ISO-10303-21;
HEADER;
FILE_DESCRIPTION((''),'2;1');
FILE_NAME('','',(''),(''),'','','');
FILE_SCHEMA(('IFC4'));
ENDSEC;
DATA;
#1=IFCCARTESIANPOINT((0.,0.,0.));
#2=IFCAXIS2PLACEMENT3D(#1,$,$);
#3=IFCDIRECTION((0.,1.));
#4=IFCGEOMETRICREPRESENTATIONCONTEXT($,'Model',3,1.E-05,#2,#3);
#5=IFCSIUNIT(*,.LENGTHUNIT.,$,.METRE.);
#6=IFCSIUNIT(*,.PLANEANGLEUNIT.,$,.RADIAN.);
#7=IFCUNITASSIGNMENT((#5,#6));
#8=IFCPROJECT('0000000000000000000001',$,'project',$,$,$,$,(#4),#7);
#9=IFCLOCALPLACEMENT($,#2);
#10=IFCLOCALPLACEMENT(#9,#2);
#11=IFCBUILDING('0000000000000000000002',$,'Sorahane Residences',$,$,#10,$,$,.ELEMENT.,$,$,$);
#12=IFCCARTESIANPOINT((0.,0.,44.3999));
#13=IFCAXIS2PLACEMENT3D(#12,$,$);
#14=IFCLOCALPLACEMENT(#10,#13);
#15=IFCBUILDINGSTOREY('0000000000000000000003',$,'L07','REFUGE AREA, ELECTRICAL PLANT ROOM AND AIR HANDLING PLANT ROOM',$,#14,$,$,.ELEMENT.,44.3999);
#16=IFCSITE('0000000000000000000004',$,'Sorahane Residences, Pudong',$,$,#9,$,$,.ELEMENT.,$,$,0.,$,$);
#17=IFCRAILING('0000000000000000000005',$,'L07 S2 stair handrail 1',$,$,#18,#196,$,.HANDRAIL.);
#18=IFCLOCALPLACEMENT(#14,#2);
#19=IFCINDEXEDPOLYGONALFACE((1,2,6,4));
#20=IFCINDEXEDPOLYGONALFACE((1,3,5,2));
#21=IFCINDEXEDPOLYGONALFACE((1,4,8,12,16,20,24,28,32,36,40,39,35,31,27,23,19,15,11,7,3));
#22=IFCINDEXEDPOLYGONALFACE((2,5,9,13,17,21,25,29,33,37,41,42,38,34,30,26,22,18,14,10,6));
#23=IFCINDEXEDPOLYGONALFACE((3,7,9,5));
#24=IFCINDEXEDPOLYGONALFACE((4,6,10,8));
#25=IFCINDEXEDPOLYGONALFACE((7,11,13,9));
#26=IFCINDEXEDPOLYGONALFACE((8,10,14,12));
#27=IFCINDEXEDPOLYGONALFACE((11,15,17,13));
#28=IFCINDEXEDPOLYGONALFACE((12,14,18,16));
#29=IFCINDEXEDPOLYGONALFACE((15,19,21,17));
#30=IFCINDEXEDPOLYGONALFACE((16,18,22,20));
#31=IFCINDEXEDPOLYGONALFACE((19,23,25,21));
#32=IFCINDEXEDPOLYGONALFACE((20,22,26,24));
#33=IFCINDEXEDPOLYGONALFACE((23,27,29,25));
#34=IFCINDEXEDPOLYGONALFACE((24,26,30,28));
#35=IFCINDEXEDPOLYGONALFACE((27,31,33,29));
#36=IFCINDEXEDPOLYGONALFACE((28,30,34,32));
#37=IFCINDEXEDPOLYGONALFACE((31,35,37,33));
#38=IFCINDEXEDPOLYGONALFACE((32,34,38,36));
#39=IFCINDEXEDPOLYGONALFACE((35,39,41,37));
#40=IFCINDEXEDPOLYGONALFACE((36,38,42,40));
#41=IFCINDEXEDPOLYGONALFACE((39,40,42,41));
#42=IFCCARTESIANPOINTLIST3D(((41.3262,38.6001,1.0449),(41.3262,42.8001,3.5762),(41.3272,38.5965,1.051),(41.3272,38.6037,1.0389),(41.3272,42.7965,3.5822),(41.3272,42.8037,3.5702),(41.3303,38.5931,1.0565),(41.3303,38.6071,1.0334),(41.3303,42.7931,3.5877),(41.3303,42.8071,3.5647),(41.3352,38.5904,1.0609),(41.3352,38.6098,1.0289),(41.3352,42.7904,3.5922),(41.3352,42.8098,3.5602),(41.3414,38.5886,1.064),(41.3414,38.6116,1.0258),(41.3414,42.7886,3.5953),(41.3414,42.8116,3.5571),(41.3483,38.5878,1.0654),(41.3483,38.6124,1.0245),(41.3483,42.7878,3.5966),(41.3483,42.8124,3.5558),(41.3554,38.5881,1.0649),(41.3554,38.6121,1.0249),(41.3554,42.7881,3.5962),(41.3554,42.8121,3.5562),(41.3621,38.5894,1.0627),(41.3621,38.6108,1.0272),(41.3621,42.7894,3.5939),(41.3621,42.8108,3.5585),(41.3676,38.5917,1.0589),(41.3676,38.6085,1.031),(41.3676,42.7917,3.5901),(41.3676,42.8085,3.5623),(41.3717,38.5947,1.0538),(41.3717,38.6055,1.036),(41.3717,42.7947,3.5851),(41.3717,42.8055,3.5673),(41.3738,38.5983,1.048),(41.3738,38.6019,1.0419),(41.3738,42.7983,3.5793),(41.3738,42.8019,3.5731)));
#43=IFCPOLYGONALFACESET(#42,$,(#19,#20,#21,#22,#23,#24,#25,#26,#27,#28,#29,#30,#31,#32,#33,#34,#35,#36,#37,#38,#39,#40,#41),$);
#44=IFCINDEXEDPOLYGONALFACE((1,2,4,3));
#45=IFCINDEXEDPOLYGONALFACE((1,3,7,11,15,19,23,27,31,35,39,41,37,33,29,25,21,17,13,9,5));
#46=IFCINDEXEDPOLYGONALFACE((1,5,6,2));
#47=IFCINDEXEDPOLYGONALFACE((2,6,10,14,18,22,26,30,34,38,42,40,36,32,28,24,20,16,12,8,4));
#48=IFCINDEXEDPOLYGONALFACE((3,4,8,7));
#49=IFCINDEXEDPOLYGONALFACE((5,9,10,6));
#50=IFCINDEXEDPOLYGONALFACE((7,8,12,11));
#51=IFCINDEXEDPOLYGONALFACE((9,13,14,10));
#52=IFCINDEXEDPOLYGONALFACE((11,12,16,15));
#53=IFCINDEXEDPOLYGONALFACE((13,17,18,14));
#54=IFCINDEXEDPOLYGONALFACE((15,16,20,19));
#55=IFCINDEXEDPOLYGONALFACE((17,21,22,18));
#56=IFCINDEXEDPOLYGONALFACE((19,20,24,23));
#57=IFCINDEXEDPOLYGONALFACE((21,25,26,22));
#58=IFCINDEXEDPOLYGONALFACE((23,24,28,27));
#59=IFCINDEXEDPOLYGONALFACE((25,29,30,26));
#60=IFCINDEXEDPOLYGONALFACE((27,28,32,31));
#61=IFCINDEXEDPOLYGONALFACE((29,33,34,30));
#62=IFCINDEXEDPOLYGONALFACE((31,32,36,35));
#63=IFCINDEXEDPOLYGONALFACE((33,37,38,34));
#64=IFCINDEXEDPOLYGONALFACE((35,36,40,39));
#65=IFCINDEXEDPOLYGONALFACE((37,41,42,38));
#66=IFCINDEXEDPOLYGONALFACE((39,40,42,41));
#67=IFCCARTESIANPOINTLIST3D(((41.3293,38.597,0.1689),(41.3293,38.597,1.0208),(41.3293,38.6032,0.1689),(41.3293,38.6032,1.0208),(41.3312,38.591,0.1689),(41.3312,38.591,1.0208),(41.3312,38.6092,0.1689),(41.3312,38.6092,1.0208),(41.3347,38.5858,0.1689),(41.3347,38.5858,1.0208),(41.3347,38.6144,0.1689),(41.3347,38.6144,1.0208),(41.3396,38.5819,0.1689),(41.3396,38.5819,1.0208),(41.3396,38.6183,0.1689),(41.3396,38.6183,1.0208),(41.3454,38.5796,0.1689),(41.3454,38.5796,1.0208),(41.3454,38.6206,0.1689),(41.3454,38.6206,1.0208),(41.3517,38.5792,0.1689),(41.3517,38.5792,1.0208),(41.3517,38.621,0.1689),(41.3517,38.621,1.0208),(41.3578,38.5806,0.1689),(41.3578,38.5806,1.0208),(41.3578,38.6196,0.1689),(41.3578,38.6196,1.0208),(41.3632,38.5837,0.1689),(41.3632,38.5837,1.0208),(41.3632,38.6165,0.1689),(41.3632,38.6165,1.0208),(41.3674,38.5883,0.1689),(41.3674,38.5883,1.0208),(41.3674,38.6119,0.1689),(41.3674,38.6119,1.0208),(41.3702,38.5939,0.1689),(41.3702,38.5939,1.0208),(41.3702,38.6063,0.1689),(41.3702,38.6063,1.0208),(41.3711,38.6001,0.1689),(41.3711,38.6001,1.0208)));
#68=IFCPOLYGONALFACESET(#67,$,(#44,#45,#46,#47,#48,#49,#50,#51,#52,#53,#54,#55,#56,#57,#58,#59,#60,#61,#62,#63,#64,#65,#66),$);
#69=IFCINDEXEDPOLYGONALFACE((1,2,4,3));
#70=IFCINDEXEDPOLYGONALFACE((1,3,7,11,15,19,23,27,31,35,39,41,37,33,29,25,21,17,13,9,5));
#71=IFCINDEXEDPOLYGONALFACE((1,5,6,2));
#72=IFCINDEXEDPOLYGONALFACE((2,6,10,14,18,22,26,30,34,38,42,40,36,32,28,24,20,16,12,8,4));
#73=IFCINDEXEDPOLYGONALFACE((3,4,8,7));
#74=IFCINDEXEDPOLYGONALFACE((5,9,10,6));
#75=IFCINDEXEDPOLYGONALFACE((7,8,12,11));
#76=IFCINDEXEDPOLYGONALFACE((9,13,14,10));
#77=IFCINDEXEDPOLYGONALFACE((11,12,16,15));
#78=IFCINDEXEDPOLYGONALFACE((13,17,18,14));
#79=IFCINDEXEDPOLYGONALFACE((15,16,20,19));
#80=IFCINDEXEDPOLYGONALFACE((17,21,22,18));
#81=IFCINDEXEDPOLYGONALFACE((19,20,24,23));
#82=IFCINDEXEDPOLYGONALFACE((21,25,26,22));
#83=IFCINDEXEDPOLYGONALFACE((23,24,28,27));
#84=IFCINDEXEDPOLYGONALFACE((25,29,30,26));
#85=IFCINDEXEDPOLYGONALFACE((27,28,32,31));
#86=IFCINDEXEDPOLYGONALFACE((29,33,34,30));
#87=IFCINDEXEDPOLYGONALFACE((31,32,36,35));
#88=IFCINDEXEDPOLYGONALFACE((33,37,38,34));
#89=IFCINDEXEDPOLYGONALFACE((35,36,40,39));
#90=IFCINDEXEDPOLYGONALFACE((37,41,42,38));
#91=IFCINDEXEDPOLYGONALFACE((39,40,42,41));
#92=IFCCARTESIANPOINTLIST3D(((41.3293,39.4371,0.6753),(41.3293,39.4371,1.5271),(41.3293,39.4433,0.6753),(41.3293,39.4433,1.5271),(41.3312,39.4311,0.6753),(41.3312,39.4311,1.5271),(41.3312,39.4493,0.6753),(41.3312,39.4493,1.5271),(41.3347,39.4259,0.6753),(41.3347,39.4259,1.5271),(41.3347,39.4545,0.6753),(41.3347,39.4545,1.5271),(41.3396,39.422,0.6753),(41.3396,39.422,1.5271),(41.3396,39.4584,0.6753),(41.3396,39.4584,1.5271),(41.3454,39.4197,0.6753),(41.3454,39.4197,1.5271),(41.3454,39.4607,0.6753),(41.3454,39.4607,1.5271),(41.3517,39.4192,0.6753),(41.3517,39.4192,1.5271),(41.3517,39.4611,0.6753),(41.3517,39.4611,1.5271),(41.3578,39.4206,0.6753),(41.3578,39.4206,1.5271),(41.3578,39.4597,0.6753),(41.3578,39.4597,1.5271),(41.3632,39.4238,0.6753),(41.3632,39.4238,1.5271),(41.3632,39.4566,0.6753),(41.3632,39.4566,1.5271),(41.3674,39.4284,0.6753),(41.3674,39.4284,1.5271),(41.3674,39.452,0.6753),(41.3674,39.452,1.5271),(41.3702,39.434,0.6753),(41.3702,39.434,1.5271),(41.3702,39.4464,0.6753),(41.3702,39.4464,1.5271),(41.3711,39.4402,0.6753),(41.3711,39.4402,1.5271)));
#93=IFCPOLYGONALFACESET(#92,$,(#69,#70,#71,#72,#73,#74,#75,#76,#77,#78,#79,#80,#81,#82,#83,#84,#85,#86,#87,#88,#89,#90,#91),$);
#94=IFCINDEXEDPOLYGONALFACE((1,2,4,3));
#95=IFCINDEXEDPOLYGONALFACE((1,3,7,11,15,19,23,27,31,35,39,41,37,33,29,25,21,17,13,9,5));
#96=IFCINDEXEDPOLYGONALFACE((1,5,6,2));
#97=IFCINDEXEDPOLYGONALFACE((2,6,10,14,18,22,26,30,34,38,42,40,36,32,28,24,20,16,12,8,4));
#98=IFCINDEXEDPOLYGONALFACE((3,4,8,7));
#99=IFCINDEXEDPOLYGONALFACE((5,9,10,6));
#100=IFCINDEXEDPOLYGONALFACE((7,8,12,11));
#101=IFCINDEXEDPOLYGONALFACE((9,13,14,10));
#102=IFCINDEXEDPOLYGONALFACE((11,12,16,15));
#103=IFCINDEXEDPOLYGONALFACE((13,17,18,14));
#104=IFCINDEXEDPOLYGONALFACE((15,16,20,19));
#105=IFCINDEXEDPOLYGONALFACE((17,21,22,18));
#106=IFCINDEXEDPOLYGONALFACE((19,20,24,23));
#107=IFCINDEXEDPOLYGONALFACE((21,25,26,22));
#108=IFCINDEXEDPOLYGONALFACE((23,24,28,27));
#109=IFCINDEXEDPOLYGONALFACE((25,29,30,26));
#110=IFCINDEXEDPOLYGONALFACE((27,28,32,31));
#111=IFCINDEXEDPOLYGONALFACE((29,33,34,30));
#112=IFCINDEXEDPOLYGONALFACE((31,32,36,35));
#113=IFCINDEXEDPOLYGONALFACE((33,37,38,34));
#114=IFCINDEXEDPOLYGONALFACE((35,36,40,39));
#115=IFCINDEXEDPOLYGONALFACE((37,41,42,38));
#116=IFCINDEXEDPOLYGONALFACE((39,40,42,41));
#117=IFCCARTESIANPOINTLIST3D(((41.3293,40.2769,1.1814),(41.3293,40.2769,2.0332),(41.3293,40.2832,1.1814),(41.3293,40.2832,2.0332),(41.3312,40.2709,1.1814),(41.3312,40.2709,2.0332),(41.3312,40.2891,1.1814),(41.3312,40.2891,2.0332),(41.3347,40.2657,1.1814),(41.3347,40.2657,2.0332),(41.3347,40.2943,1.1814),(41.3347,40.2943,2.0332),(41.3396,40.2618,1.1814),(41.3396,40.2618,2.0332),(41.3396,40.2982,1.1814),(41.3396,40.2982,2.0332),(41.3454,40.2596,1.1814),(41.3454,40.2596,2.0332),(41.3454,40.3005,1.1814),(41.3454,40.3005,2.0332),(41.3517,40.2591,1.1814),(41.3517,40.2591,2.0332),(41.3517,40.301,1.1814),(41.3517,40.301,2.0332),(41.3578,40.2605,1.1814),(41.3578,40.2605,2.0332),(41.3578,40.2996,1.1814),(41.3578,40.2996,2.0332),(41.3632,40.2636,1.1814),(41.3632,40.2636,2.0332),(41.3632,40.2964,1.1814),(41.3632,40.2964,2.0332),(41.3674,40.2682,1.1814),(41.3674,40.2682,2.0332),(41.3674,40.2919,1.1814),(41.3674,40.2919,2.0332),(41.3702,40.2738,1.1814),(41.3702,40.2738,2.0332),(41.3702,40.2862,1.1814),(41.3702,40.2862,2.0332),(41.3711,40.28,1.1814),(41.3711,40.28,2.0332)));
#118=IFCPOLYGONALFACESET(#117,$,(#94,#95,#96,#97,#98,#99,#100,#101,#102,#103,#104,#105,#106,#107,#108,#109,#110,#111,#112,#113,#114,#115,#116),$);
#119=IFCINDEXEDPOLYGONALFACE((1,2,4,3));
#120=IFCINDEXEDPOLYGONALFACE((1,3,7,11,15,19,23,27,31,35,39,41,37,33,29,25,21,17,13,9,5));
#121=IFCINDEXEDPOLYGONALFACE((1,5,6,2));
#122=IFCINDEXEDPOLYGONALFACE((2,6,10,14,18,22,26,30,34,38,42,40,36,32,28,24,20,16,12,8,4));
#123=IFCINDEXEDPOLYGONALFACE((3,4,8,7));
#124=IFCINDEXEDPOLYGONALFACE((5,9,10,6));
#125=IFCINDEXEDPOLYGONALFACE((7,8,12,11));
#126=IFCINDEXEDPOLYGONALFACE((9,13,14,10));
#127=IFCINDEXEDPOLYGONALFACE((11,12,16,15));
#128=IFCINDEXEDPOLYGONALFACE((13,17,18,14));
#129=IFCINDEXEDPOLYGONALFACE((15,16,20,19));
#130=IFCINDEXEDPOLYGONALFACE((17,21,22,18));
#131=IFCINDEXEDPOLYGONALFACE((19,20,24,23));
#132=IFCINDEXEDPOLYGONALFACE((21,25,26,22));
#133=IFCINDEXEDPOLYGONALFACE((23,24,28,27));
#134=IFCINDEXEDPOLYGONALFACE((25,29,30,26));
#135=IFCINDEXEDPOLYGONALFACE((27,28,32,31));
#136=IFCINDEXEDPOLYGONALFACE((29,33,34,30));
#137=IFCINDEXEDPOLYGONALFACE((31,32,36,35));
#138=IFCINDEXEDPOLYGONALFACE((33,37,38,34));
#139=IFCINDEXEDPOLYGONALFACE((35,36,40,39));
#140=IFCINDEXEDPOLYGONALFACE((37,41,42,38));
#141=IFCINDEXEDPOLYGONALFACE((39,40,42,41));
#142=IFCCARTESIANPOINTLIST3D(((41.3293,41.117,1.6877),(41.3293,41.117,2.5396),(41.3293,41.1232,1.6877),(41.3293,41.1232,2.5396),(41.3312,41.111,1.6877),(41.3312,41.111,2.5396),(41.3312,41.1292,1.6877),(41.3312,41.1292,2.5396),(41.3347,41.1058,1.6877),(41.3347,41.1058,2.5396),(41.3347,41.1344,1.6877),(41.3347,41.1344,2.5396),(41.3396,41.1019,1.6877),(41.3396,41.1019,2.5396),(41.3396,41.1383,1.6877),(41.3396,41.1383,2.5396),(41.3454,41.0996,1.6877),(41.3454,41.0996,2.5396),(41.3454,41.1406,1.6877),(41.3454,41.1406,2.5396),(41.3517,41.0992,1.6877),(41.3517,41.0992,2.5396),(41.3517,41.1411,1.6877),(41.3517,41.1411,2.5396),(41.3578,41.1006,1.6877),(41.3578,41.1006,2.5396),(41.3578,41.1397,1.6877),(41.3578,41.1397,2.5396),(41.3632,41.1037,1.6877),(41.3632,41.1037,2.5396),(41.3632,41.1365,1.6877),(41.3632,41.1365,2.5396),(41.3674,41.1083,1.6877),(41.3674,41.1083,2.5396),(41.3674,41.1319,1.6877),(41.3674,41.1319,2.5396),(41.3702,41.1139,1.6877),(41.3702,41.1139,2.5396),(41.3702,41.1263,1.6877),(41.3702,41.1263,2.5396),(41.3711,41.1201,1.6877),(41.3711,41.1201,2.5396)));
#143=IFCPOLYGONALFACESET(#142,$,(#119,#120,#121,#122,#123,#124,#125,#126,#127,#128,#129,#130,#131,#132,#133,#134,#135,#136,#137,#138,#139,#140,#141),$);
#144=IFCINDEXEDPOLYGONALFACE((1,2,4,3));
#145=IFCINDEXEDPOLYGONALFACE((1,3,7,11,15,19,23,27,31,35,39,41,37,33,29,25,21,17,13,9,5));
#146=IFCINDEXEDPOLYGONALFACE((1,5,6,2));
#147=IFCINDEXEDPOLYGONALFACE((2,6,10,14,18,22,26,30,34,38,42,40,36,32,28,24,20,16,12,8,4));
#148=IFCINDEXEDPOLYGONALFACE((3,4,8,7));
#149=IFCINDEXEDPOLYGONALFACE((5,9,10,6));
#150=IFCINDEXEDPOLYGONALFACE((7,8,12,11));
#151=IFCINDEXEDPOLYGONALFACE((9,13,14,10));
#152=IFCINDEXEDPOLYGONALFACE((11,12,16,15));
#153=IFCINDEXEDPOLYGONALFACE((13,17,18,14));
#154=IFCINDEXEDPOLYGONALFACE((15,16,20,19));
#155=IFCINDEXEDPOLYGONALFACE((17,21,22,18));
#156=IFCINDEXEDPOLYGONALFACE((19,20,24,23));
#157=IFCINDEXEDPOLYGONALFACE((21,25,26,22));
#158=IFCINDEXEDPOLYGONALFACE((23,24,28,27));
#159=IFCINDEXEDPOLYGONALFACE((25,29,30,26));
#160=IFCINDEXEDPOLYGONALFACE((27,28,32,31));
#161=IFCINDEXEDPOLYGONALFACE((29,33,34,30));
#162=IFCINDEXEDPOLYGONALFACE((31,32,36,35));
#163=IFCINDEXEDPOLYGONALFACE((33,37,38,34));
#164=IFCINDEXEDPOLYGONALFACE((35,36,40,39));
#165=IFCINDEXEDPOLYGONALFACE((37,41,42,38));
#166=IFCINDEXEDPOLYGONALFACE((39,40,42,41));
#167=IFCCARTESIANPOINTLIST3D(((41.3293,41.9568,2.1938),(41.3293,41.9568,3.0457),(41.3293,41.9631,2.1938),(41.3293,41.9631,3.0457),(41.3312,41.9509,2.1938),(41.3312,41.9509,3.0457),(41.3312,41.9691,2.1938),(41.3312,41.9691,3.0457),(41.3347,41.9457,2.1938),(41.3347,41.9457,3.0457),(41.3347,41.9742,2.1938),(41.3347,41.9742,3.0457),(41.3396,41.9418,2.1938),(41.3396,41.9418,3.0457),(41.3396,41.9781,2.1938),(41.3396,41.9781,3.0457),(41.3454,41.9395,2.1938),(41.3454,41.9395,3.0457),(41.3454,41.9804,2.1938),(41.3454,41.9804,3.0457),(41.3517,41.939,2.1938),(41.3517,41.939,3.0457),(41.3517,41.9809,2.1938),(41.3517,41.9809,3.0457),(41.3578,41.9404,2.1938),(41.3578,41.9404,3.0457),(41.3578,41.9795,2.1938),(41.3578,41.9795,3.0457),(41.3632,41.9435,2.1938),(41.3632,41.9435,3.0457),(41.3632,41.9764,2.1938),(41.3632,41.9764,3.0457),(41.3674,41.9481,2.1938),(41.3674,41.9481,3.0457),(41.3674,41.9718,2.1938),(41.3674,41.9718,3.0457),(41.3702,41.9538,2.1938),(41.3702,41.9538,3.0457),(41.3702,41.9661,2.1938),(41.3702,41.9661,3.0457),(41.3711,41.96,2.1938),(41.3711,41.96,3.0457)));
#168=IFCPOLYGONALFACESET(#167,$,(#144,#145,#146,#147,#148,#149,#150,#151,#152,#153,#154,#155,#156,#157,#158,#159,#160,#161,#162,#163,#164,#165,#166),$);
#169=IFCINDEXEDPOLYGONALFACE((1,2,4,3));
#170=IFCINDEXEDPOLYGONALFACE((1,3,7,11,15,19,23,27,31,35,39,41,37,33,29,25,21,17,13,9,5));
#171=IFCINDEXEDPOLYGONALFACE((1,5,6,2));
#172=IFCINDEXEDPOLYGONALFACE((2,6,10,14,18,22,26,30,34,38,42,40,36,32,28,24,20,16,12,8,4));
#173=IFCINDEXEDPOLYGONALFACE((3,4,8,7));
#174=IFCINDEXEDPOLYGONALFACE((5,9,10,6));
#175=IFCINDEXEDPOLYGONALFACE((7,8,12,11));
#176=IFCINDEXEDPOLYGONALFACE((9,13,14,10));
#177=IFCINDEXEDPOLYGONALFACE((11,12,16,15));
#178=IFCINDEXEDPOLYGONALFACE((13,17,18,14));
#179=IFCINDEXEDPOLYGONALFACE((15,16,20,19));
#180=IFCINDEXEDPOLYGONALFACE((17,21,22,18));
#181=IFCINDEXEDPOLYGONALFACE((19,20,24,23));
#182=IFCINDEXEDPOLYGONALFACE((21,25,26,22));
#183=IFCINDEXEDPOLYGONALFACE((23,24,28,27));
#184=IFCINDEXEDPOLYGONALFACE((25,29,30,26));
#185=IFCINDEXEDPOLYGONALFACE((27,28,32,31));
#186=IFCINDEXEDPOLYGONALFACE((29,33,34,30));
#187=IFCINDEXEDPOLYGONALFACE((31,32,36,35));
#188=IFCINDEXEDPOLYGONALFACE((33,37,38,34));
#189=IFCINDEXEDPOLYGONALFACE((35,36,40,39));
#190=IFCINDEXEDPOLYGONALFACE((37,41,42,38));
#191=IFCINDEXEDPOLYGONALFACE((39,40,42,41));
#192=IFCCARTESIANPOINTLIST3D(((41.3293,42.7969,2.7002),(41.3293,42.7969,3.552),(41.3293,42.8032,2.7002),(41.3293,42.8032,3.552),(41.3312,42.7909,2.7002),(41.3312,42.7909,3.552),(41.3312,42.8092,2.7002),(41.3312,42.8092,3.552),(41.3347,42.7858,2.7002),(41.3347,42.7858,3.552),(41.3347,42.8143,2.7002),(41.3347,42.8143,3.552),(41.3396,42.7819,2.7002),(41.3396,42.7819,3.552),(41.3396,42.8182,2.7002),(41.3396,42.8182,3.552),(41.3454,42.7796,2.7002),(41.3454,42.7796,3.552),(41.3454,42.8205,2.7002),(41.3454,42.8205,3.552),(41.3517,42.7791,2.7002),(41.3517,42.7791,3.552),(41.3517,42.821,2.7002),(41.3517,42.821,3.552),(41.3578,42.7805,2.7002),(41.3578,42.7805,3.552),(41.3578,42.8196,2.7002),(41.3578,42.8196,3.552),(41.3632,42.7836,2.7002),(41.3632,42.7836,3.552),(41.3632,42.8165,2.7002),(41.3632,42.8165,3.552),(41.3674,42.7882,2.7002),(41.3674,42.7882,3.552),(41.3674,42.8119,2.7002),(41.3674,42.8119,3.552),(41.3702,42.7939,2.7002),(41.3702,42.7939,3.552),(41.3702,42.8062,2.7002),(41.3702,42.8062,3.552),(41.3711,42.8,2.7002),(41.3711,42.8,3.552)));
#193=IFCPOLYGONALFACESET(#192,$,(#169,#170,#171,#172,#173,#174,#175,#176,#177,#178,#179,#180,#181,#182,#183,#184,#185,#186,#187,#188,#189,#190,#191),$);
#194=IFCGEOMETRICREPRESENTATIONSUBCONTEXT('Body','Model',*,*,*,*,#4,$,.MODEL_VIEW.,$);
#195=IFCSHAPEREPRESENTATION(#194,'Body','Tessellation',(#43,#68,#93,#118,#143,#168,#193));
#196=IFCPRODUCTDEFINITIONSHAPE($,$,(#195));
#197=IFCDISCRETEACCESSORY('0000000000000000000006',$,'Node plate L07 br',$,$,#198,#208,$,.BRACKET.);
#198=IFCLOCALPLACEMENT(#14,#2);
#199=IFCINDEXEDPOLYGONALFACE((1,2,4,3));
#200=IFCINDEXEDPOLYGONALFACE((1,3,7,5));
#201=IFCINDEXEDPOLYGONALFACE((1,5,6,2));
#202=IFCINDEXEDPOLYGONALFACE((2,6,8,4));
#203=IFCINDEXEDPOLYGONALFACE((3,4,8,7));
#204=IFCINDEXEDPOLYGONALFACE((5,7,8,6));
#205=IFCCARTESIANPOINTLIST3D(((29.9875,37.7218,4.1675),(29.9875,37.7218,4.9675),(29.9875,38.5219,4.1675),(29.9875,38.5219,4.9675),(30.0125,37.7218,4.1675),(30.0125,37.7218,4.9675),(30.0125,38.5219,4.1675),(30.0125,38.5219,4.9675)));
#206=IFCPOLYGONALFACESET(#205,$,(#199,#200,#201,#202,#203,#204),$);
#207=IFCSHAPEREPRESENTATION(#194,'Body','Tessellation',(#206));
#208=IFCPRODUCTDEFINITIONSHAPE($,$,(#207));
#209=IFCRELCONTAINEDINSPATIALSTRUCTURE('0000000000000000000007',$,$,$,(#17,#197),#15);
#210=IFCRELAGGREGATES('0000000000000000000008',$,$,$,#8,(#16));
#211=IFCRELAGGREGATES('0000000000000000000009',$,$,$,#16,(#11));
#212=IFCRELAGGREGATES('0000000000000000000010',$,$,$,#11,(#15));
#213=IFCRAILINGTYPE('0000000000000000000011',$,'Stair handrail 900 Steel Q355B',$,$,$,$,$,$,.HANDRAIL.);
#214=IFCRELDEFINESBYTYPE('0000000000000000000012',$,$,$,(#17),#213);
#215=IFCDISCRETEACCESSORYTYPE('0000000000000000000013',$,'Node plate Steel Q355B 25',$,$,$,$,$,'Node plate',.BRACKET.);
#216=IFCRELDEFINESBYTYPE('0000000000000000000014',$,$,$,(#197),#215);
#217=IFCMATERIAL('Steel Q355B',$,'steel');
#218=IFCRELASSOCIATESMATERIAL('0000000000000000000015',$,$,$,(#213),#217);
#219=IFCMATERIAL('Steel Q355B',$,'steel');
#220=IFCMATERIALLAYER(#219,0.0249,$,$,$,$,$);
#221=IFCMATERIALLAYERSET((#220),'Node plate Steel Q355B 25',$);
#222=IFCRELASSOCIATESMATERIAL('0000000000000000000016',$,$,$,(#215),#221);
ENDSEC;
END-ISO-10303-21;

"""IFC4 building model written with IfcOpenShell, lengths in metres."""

from ifc_helpers import new_model, si_unit, direction, frame, origin, origin_2d, place, context, subcontext, project, spatial, rectangle, circle, extrude, material, layer, layer_set, type_object, element, save


model = new_model("IFC4")

# Units and contexts
model_context = context("Model", 3, precision=1e-05, world=origin(), true_north=direction((0.0, 1.0)))
body_context = subcontext(model_context, "Body", "Model", "MODEL_VIEW")
ifc_project = project(units=[si_unit("LENGTHUNIT", "METRE"), si_unit("PLANEANGLEUNIT", "RADIAN")], contexts=[model_context])

# Site, building, storey
site_placement = place(None, origin())
site = spatial("IfcSite", under=ifc_project, at=site_placement, Name="Sorahane Residences, Pudong", CompositionType="ELEMENT", RefElevation=0.0)
building_placement = place(site_placement, origin())
building = spatial("IfcBuilding", under=site, at=building_placement, Name="Sorahane Residences", CompositionType="ELEMENT")
storey_placement = place(building_placement, frame((0.0, 0.0, 44.3999)))
storey = spatial("IfcBuildingStorey", under=building, at=storey_placement, Name="L07", Description="REFUGE AREA, ELECTRICAL PLANT ROOM AND AIR HANDLING PLANT ROOM", CompositionType="ELEMENT", Elevation=44.3999)

# Railing
ifc_material_1 = material(Name="Steel Q355B", Category="steel")
railing_type_1 = type_object("IfcRailingType", Name="Stair handrail 900 Steel Q355B", PredefinedType="HANDRAIL", material=ifc_material_1)
railing_1_placement = place(storey_placement, frame((41.3501, 38.6001, 0.1689)))
element("IfcRailing", 1, at=railing_1_placement, inside=storey, type_object=railing_type_1, Name="L07 S2 stair handrail 1", PredefinedType="HANDRAIL", context=body_context, shape_type="SweptSolid", body=[
    extrude(circle(Radius=0.0239, at=origin_2d()), frame((0.0, 0.0, 0.876), z_axis=(0.0, 0.856476, 0.516186), x_axis=(-1.0, 0.0, 0.0)), (0.0, 0.0, 1.0), 4.9038),
    extrude(circle(Radius=0.021, at=origin_2d()), origin(), (0.0, 0.0, 1.0), 0.8518),
    extrude(circle(Radius=0.021, at=origin_2d()), frame((0.0, 0.8401, 0.5063)), (0.0, 0.0, 1.0), 0.8518),
    extrude(circle(Radius=0.021, at=origin_2d()), frame((0.0, 1.6799, 1.0125)), (0.0, 0.0, 1.0), 0.8518),
    extrude(circle(Radius=0.021, at=origin_2d()), frame((0.0, 2.52, 1.5188)), (0.0, 0.0, 1.0), 0.8518),
    extrude(circle(Radius=0.021, at=origin_2d()), frame((0.0, 3.3599, 2.0249)), (0.0, 0.0, 1.0), 0.8518),
    extrude(circle(Radius=0.021, at=origin_2d()), frame((0.0, 4.2, 2.5312)), (0.0, 0.0, 1.0), 0.8518),
])

# Discrete accessory
ifc_material_2 = material(Name="Steel Q355B", Category="steel")
ifc_layer_1 = layer(ifc_material_2, 0.0249)
ifc_layer_set_1 = layer_set([ifc_layer_1], Name="Node plate Steel Q355B 25")
discrete_accessory_type = type_object("IfcDiscreteAccessoryType", Name="Node plate Steel Q355B 25", ElementType="Node plate", PredefinedType="BRACKET", material=ifc_layer_set_1)
discrete_accessory_placement = place(storey_placement, frame((30.0, 38.1218, 4.1675), z_axis=(0.0, 0.0, 1.0), x_axis=(0.0, 1.0, 0.0)))
element("IfcDiscreteAccessory", 2, at=discrete_accessory_placement, inside=storey, type_object=discrete_accessory_type, Name="Node plate L07 br", PredefinedType="BRACKET", context=body_context, shape_type="SweptSolid", body=[
    extrude(rectangle(XDim=0.8, YDim=0.0249, at=origin_2d()), origin(), (0.0, 0.0, 1.0), 0.8),
])

save(model, "model.ifc")
